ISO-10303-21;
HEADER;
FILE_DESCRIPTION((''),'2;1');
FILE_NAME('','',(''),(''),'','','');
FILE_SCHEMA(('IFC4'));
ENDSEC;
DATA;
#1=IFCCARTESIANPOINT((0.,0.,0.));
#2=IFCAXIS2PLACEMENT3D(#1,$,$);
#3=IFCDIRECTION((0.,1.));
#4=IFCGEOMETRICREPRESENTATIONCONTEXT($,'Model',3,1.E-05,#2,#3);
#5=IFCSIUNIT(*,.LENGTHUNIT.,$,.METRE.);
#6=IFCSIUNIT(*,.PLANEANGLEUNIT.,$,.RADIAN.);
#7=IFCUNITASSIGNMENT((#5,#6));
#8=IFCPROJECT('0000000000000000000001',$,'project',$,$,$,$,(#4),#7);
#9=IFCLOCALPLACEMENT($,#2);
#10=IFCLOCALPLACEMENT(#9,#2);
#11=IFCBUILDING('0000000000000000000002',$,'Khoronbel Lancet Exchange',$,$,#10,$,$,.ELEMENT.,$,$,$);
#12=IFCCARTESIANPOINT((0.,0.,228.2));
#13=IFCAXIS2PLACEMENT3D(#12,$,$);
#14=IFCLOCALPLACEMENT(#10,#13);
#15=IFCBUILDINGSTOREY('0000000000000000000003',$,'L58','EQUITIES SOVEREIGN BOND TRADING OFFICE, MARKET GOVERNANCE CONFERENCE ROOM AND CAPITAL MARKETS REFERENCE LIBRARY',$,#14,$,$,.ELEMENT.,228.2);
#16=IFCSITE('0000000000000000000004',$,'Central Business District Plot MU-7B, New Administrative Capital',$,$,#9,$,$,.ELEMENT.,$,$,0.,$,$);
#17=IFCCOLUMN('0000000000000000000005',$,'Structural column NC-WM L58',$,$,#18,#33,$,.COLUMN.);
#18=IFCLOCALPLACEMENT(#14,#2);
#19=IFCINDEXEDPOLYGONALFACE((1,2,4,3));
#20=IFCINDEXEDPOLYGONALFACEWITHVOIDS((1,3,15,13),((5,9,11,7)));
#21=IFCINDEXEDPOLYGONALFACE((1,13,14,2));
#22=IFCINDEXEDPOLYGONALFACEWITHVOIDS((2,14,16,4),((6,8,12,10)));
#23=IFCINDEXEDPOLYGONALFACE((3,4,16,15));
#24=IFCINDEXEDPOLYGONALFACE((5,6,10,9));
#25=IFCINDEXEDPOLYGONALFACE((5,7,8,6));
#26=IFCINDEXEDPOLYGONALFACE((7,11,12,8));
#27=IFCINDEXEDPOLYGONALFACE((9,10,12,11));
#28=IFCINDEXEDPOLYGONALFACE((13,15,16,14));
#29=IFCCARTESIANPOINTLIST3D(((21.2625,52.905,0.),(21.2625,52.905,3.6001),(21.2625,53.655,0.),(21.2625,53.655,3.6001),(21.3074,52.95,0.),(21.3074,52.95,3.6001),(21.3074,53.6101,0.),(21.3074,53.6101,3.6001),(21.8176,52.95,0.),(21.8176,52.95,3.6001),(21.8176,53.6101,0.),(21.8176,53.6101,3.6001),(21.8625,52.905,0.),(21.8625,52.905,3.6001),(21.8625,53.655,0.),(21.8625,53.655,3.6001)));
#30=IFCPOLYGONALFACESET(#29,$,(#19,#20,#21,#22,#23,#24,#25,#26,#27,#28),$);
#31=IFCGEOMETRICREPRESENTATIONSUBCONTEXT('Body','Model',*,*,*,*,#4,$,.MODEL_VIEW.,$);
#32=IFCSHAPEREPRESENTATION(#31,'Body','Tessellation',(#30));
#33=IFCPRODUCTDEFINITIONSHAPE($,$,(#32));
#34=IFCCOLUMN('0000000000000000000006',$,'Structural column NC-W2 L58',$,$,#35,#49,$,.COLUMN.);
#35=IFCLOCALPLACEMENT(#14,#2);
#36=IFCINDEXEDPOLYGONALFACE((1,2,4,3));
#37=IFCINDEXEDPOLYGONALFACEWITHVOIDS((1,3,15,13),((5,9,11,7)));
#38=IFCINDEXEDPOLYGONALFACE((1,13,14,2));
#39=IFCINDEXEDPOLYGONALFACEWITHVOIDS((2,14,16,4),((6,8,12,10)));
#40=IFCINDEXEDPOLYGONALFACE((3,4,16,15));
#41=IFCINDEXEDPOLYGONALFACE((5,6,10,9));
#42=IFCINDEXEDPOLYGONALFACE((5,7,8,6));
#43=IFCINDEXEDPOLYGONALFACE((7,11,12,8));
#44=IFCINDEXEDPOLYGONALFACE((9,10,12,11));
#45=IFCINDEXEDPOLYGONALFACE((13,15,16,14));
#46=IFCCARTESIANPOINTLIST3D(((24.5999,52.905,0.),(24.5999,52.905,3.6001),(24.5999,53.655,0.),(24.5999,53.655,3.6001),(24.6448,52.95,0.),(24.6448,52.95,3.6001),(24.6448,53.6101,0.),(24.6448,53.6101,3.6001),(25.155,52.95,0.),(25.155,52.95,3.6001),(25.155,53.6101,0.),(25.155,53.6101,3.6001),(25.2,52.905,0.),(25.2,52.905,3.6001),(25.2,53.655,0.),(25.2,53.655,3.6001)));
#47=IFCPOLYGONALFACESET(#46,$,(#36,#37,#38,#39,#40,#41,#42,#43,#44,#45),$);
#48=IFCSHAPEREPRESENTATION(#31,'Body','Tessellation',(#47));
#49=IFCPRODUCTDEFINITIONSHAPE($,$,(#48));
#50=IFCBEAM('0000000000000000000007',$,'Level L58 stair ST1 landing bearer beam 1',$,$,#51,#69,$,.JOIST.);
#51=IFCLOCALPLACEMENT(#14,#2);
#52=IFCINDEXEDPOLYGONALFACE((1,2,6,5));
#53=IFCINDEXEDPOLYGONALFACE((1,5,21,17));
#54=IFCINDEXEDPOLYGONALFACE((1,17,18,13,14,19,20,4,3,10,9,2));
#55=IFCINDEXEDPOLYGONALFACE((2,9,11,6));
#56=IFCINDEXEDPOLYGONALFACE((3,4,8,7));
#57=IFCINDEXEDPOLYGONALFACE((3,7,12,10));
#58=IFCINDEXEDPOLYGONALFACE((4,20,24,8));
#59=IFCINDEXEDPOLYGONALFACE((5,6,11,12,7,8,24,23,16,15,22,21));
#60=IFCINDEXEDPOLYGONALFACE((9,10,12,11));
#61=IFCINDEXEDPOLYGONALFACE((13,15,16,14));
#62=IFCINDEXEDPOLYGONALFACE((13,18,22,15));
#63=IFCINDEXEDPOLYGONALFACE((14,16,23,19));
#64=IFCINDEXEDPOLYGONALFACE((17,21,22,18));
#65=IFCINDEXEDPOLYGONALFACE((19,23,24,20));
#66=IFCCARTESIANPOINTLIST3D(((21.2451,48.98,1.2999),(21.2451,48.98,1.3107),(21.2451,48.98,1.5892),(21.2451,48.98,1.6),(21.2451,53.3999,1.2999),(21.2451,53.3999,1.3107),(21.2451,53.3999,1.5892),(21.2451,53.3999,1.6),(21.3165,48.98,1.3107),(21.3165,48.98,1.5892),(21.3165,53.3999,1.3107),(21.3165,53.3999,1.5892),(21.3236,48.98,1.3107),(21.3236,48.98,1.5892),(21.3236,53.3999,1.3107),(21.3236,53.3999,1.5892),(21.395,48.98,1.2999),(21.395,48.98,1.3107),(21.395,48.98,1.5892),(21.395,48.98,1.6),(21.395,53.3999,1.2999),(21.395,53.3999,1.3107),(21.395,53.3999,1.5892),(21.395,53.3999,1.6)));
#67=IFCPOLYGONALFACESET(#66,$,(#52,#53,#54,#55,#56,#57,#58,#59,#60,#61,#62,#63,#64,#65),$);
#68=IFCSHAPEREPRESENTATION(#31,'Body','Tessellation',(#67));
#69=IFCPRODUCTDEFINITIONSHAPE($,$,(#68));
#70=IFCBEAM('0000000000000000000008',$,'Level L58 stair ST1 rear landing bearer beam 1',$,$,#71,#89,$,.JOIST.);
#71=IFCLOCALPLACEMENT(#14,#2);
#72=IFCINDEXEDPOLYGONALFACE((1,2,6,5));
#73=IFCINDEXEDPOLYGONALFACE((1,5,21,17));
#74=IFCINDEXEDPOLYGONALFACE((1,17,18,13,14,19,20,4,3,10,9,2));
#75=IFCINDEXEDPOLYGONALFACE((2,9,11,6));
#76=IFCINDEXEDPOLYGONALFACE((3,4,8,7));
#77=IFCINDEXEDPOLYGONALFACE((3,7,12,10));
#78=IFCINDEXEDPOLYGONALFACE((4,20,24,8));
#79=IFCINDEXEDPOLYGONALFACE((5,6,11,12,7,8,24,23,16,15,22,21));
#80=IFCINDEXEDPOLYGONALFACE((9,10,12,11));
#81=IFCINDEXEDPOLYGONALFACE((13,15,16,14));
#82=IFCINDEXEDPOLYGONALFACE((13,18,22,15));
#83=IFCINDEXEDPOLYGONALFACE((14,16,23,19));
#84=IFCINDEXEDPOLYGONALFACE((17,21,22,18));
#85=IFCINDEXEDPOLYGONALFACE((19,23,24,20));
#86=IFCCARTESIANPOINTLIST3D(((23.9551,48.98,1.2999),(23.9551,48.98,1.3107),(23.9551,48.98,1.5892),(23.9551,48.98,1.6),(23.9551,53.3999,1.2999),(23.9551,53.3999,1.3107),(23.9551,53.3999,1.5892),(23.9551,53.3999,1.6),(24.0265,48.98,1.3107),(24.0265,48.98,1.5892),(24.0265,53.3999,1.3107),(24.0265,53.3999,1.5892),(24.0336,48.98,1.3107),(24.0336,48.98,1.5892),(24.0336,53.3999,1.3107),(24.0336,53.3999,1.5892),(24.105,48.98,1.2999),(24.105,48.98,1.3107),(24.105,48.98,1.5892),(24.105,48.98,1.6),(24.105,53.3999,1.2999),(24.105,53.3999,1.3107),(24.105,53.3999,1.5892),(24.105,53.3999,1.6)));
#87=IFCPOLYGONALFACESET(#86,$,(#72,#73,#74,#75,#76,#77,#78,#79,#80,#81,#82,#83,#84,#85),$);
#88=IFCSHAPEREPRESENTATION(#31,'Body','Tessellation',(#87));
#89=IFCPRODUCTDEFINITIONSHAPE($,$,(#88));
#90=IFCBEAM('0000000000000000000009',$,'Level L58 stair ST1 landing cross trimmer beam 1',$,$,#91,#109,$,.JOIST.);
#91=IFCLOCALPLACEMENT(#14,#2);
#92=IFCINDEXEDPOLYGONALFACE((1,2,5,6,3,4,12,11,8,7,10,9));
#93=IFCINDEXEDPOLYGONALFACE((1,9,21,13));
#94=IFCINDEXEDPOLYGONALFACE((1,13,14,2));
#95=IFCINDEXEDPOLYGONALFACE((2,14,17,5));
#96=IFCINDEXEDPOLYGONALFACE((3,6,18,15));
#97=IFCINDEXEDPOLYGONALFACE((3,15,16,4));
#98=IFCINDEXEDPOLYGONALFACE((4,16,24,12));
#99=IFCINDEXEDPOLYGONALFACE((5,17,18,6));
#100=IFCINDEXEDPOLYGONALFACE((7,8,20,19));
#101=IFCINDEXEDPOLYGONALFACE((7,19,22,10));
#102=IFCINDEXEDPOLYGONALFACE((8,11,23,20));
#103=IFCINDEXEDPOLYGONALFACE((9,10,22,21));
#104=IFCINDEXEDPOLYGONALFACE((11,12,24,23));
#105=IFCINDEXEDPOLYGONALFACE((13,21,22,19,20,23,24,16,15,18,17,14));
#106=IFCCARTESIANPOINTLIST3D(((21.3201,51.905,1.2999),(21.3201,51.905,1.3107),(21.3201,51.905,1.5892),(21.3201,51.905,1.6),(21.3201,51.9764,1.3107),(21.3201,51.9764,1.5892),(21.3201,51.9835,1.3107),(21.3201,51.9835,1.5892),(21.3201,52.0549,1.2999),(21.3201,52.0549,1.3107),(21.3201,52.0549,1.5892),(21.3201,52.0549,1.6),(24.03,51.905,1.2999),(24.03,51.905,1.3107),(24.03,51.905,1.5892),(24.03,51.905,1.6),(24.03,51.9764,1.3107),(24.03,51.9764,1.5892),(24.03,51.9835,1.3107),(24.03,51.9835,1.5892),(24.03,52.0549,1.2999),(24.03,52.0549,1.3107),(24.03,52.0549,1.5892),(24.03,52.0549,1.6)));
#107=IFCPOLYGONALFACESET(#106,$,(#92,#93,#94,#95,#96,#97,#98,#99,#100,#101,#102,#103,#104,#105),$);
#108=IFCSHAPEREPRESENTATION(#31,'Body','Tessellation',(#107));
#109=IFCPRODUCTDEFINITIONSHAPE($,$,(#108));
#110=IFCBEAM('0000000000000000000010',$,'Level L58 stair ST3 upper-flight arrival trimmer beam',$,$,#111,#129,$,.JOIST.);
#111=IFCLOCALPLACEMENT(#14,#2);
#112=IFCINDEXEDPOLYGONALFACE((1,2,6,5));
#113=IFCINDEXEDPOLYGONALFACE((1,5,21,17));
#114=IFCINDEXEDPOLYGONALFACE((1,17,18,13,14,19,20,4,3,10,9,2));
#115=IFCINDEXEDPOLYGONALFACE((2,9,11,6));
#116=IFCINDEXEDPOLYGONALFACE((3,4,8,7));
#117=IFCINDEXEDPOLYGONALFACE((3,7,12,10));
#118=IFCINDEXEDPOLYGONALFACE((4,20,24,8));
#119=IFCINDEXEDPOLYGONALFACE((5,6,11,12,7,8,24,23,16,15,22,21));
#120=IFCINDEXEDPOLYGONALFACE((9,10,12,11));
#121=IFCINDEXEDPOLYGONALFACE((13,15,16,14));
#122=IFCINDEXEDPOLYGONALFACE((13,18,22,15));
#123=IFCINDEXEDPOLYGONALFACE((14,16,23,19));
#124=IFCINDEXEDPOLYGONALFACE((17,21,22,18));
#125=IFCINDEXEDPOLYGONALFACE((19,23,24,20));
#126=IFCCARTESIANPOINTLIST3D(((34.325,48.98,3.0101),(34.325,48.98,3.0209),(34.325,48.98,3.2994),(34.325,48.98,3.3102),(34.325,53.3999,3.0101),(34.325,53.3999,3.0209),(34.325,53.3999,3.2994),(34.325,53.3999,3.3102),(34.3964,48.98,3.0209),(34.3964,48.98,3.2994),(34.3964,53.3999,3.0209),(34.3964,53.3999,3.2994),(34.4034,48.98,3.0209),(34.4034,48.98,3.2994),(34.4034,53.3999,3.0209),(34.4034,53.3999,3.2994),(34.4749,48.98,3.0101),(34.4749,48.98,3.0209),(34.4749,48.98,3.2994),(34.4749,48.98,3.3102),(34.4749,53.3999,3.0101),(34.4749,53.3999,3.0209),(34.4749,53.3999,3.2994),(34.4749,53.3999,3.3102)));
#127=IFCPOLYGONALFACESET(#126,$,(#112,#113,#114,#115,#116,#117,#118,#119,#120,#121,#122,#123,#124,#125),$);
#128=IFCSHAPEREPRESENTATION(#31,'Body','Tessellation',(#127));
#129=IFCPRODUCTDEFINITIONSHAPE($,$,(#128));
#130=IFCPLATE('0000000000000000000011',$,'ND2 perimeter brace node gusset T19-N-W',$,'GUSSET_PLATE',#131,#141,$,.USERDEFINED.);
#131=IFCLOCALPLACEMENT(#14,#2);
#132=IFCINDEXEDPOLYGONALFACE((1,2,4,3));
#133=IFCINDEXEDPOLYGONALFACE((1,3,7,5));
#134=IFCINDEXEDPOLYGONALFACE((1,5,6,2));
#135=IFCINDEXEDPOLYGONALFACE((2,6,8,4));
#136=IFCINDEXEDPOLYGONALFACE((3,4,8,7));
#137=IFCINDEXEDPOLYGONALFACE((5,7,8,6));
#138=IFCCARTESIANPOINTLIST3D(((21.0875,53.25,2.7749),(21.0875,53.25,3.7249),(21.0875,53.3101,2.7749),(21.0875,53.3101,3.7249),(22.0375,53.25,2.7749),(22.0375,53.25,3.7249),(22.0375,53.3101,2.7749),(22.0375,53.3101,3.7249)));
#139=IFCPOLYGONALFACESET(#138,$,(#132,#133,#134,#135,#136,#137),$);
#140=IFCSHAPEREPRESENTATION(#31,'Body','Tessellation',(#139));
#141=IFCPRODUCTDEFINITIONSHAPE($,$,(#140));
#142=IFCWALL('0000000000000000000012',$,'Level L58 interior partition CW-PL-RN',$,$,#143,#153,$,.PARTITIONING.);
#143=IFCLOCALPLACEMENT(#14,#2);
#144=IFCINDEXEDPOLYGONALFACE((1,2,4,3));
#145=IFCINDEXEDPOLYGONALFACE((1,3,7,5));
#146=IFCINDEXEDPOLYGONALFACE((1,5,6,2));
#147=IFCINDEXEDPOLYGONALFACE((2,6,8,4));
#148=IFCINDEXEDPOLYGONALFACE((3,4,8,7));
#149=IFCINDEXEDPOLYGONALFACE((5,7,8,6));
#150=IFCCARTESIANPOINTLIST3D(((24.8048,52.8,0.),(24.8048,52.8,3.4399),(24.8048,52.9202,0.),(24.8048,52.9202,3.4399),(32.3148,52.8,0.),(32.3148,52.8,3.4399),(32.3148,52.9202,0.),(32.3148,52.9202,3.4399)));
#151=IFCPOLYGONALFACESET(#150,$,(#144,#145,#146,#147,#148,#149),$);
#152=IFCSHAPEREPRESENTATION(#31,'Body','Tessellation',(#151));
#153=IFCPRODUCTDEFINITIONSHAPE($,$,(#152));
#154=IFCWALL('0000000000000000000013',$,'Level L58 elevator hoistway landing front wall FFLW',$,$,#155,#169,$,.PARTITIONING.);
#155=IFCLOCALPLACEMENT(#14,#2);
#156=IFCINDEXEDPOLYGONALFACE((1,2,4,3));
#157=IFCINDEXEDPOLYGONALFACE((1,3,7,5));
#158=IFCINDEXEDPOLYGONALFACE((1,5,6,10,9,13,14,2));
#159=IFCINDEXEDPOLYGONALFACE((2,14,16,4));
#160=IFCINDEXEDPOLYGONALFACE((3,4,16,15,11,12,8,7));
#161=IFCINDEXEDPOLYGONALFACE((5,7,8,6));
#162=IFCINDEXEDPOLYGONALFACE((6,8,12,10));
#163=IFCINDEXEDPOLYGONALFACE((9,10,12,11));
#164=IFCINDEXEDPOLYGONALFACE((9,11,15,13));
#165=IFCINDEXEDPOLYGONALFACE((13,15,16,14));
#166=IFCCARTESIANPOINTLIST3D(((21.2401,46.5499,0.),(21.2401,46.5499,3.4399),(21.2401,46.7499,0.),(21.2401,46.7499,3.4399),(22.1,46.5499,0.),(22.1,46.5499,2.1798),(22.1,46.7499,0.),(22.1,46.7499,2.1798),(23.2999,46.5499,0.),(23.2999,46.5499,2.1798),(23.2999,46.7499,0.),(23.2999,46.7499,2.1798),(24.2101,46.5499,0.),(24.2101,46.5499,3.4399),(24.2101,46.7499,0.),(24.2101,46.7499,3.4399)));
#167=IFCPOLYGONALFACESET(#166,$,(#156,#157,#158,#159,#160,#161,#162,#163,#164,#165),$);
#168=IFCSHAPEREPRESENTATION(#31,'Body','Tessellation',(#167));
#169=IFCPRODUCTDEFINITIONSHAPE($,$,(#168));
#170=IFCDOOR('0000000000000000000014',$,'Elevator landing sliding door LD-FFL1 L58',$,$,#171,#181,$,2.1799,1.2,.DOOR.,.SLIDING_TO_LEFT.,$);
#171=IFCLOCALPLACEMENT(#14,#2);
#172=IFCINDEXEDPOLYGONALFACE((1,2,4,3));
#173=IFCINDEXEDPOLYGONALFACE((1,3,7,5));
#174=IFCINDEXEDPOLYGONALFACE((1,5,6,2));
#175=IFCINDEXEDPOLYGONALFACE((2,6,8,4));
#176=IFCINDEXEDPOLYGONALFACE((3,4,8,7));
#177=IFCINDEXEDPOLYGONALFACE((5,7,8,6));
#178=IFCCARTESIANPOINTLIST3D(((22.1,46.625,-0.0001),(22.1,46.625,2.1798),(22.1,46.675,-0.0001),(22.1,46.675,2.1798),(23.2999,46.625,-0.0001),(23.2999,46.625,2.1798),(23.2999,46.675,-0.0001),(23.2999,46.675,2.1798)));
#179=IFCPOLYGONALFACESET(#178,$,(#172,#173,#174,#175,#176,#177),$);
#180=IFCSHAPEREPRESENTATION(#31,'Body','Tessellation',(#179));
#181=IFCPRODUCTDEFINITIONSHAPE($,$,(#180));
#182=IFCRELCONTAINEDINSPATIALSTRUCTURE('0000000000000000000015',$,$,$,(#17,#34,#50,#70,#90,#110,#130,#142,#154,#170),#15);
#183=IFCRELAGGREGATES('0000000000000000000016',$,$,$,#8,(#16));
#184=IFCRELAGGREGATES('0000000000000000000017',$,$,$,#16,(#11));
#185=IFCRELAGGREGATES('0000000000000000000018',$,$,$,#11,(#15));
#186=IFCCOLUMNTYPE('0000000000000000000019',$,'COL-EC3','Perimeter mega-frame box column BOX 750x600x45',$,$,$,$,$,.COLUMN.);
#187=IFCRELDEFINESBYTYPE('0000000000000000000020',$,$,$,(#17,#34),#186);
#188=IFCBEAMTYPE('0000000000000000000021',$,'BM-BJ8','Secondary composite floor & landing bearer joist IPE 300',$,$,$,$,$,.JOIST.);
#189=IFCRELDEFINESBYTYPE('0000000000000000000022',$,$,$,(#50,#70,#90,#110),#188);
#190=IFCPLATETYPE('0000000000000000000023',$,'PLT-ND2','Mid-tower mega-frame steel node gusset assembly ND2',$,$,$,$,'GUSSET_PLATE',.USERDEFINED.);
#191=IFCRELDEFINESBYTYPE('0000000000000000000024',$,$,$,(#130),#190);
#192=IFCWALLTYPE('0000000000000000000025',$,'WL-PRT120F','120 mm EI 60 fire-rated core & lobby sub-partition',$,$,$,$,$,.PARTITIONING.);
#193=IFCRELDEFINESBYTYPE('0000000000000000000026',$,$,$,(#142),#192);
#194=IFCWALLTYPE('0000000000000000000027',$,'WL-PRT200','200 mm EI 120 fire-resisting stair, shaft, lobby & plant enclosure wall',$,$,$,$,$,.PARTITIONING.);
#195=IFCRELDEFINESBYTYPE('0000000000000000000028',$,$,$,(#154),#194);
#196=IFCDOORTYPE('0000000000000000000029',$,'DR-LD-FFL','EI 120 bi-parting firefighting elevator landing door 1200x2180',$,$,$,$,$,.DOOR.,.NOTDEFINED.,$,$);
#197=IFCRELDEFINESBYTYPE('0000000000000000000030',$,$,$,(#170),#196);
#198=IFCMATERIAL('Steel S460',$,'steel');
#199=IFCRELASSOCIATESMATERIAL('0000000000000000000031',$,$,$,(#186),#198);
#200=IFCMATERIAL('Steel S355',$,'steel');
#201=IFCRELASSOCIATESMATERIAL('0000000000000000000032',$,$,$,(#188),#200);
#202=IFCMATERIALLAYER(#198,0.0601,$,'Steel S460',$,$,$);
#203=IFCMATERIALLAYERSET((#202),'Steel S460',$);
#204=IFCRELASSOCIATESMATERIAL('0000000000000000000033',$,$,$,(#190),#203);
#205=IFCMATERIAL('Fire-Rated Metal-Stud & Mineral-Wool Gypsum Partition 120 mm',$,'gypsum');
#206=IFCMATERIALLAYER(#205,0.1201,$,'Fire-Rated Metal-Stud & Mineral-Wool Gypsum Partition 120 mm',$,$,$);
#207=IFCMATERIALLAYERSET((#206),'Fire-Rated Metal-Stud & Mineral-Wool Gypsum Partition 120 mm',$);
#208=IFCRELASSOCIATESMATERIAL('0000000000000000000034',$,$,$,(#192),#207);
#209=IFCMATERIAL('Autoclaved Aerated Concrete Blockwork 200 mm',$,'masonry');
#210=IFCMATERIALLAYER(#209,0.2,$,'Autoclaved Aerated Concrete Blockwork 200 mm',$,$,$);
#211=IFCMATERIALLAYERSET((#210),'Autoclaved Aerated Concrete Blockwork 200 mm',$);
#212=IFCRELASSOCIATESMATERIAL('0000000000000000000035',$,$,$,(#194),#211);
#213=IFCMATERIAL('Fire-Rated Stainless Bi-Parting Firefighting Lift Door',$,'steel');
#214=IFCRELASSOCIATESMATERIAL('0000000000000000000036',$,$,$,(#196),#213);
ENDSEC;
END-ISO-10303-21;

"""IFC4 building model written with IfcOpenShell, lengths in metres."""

from ifc_helpers import new_model, si_unit, direction, frame, frame_2d, origin, origin_2d, place, context, subcontext, project, spatial, rectangle, hollow_rectangle, i_section, extrude, material, layer, layer_set, material_profile, profile_set, type_object, element, fill, save


model = new_model("IFC4")

# Units and contexts
model_context = context("Model", 3, precision=1e-05, world=origin(), true_north=direction((0.0, 1.0)))
body_context = subcontext(model_context, "Body", "Model", "MODEL_VIEW")
ifc_project = project(units=[si_unit("LENGTHUNIT", "METRE"), si_unit("PLANEANGLEUNIT", "RADIAN")], contexts=[model_context])

# Site, building, storey
site_placement = place(None, origin())
site = spatial("IfcSite", under=ifc_project, at=site_placement, Name="Central Business District Plot MU-7B, New Administrative Capital", CompositionType="ELEMENT", RefElevation=0.0)
building_placement = place(site_placement, origin())
building = spatial("IfcBuilding", under=site, at=building_placement, Name="Khoronbel Lancet Exchange", CompositionType="ELEMENT")
storey_placement = place(building_placement, frame((0.0, 0.0, 228.2)))
storey = spatial("IfcBuildingStorey", under=building, at=storey_placement, Name="L58", Description="EQUITIES SOVEREIGN BOND TRADING OFFICE, MARKET GOVERNANCE CONFERENCE ROOM AND CAPITAL MARKETS REFERENCE LIBRARY", CompositionType="ELEMENT", Elevation=228.2)

# Columns
ifc_material_1 = material(Name="Steel S460", Category="steel")
ifc_material_profile_1 = material_profile(ifc_material_1, hollow_rectangle(XDim=0.6001, YDim=0.75, WallThickness=0.0449, at=origin_2d()), Name="BOX 750x600x45")
ifc_profile_set_1 = profile_set([ifc_material_profile_1], Name="Steel S460")
column_type = type_object("IfcColumnType", Name="COL-EC3", Description="Perimeter mega-frame box column BOX 750x600x45", PredefinedType="COLUMN", material=ifc_profile_set_1)
for number, where, z_axis, x_axis, name in (
    (1, (21.5625, 53.28, 0.0), (0.0, 0.0, 1.0), (1.0, 0.0, 0.0), "Structural column NC-WM L58"),
    (2, (24.8999, 53.28, 0.0), (0.0, 0.0, 1.0), (1.0, 0.0, 0.0), "Structural column NC-W2 L58"),
):
    element("IfcColumn", number, at=place(storey_placement, frame(where, z_axis=z_axis, x_axis=x_axis)), inside=storey, type_object=column_type, Name=name, PredefinedType="COLUMN", context=body_context, shape_type="SweptSolid", body=[
        extrude(hollow_rectangle(XDim=0.6001, YDim=0.75, WallThickness=0.0449, at=origin_2d()), origin(), (0.0, 0.0, 1.0), 3.6001),
    ])

# Beams
ifc_material_2 = material(Name="Steel S355", Category="steel")
ifc_material_profile_2 = material_profile(ifc_material_2, i_section(OverallWidth=0.1499, OverallDepth=0.3, WebThickness=0.0071, FlangeThickness=0.0107, at=origin_2d()), Name="IPE 300")
ifc_profile_set_2 = profile_set([ifc_material_profile_2], Name="Steel S355")
beam_type = type_object("IfcBeamType", Name="BM-BJ8", Description="Secondary composite floor & landing bearer joist IPE 300", PredefinedType="JOIST", material=ifc_profile_set_2)
for number, where, z_axis, x_axis, name in (
    (3, (21.3201, 48.98, 1.45), (0.0, 1.0, 0.0), (-1.0, 0.0, 0.0), "Level L58 stair ST1 landing bearer beam 1"),
    (4, (24.03, 48.98, 1.45), (0.0, 1.0, 0.0), (-1.0, 0.0, 0.0), "Level L58 stair ST1 rear landing bearer beam 1"),
):
    element("IfcBeam", number, at=place(storey_placement, frame(where, z_axis=z_axis, x_axis=x_axis)), inside=storey, type_object=beam_type, Name=name, PredefinedType="JOIST", context=body_context, shape_type="SweptSolid", body=[
        extrude(i_section(OverallWidth=0.1499, OverallDepth=0.3, WebThickness=0.0071, FlangeThickness=0.0107, at=origin_2d()), origin(), (0.0, 0.0, 1.0), 4.4199),
    ])
beam_1_placement = place(storey_placement, frame((21.3201, 51.98, 1.45), z_axis=(1.0, 0.0, 0.0), x_axis=(0.0, 1.0, 0.0)))
element("IfcBeam", 5, at=beam_1_placement, inside=storey, type_object=beam_type, Name="Level L58 stair ST1 landing cross trimmer beam 1", PredefinedType="JOIST", context=body_context, shape_type="SweptSolid", body=[
    extrude(i_section(OverallWidth=0.1499, OverallDepth=0.3, WebThickness=0.0071, FlangeThickness=0.0107, at=origin_2d()), origin(), (0.0, 0.0, 1.0), 2.71),
])
beam_2_placement = place(storey_placement, frame((34.3999, 48.98, 3.1602), z_axis=(0.0, 1.0, 0.0), x_axis=(-1.0, 0.0, 0.0)))
element("IfcBeam", 6, at=beam_2_placement, inside=storey, type_object=beam_type, Name="Level L58 stair ST3 upper-flight arrival trimmer beam", PredefinedType="JOIST", context=body_context, shape_type="SweptSolid", body=[
    extrude(i_section(OverallWidth=0.1499, OverallDepth=0.3, WebThickness=0.0071, FlangeThickness=0.0107, at=origin_2d()), origin(), (0.0, 0.0, 1.0), 4.4199),
])

# Plate
ifc_layer_1 = layer(ifc_material_1, 0.0601, Name="Steel S460")
ifc_layer_set_1 = layer_set([ifc_layer_1], Name="Steel S460")
plate_type = type_object("IfcPlateType", Name="PLT-ND2", Description="Mid-tower mega-frame steel node gusset assembly ND2", ElementType="GUSSET_PLATE", PredefinedType="USERDEFINED", material=ifc_layer_set_1)
plate_placement = place(storey_placement, frame((21.5625, 53.28, 2.7749), z_axis=(0.0, 0.0, 1.0), x_axis=(1.0, 0.0, 0.0)))
element("IfcPlate", 7, at=plate_placement, inside=storey, type_object=plate_type, Name="ND2 perimeter brace node gusset T19-N-W", ObjectType="GUSSET_PLATE", PredefinedType="USERDEFINED", context=body_context, shape_type="SweptSolid", body=[
    extrude(rectangle(XDim=0.95, YDim=0.0601, at=origin_2d()), origin(), (0.0, 0.0, 1.0), 0.95),
])

# Wall
ifc_material_3 = material(Name="Fire-Rated Metal-Stud & Mineral-Wool Gypsum Partition 120 mm", Category="gypsum")
ifc_layer_2 = layer(ifc_material_3, 0.1201, Name="Fire-Rated Metal-Stud & Mineral-Wool Gypsum Partition 120 mm")
ifc_layer_set_2 = layer_set([ifc_layer_2], Name="Fire-Rated Metal-Stud & Mineral-Wool Gypsum Partition 120 mm")
wall_type_1 = type_object("IfcWallType", Name="WL-PRT120F", Description="120 mm EI 60 fire-rated core & lobby sub-partition", PredefinedType="PARTITIONING", material=ifc_layer_set_2)
wall_1_placement = place(storey_placement, frame((24.8049, 52.8601, 0.0), z_axis=(0.0, 0.0, 1.0), x_axis=(1.0, 0.0, 0.0)))
element("IfcWall", 8, at=wall_1_placement, inside=storey, type_object=wall_type_1, Name="Level L58 interior partition CW-PL-RN", PredefinedType="PARTITIONING", context=body_context, shape_type="SweptSolid", body=[
    extrude(rectangle(XDim=7.51, YDim=0.1201, at=frame_2d((3.7549, 0.0))), origin(), (0.0, 0.0, 1.0), 3.4399),
])

# Wall, opening, door
ifc_material_4 = material(Name="Autoclaved Aerated Concrete Blockwork 200 mm", Category="masonry")
ifc_layer_3 = layer(ifc_material_4, 0.2, Name="Autoclaved Aerated Concrete Blockwork 200 mm")
ifc_layer_set_3 = layer_set([ifc_layer_3], Name="Autoclaved Aerated Concrete Blockwork 200 mm")
wall_type_2 = type_object("IfcWallType", Name="WL-PRT200", Description="200 mm EI 120 fire-resisting stair, shaft, lobby & plant enclosure wall", PredefinedType="PARTITIONING", material=ifc_layer_set_3)
wall_2_placement = place(storey_placement, frame((24.21, 46.6499, 0.0), z_axis=(0.0, 0.0, 1.0), x_axis=(-1.0, 0.0, 0.0)))
wall_2 = element("IfcWall", 9, at=wall_2_placement, inside=storey, type_object=wall_type_2, Name="Level L58 elevator hoistway landing front wall FFLW", PredefinedType="PARTITIONING", context=body_context, shape_type="SweptSolid", body=[
    extrude(rectangle(XDim=2.97, YDim=0.2, at=frame_2d((1.4849, 0.0))), origin(), (0.0, 0.0, 1.0), 3.4399),
])
opening_1_placement = place(wall_2_placement, frame((0.9099, 0.0, 0.0)))
opening_1 = element("IfcOpeningElement", 10, at=opening_1_placement, cuts=wall_2, PredefinedType="OPENING", context=body_context, shape_type="SweptSolid", body=[
    extrude(rectangle(XDim=1.2, YDim=2.1799, at=frame_2d((0.6001, 1.0898))), frame((0.0, 0.1099, 0.0), z_axis=(0.0, -1.0, 0.0), x_axis=(1.0, 0.0, 0.0)), (0.0, 0.0, 1.0), 0.22),
])
ifc_material_5 = material(Name="Fire-Rated Stainless Bi-Parting Firefighting Lift Door", Category="steel")
door_type_1 = type_object("IfcDoorType", Name="DR-LD-FFL", Description="EI 120 bi-parting firefighting elevator landing door 1200x2180", OperationType="NOTDEFINED", PredefinedType="DOOR", material=ifc_material_5)
door_1_placement = place(opening_1_placement, origin())
door_1 = element("IfcDoor", 11, at=door_1_placement, inside=storey, type_object=door_type_1, Name="Elevator landing sliding door LD-FFL1 L58", OperationType="SLIDING_TO_LEFT", OverallHeight=2.1799, OverallWidth=1.2, PredefinedType="DOOR", context=body_context, shape_type="SweptSolid", body=[
    extrude(rectangle(XDim=1.2, YDim=2.1799, at=frame_2d((0.6001, 1.0898))), frame((0.0, 0.0249, 0.0), z_axis=(0.0, -1.0, 0.0), x_axis=(1.0, 0.0, 0.0)), (0.0, 0.0, 1.0), 0.05),
])
fill(opening_1, door_1)

save(model, "model.ifc")
